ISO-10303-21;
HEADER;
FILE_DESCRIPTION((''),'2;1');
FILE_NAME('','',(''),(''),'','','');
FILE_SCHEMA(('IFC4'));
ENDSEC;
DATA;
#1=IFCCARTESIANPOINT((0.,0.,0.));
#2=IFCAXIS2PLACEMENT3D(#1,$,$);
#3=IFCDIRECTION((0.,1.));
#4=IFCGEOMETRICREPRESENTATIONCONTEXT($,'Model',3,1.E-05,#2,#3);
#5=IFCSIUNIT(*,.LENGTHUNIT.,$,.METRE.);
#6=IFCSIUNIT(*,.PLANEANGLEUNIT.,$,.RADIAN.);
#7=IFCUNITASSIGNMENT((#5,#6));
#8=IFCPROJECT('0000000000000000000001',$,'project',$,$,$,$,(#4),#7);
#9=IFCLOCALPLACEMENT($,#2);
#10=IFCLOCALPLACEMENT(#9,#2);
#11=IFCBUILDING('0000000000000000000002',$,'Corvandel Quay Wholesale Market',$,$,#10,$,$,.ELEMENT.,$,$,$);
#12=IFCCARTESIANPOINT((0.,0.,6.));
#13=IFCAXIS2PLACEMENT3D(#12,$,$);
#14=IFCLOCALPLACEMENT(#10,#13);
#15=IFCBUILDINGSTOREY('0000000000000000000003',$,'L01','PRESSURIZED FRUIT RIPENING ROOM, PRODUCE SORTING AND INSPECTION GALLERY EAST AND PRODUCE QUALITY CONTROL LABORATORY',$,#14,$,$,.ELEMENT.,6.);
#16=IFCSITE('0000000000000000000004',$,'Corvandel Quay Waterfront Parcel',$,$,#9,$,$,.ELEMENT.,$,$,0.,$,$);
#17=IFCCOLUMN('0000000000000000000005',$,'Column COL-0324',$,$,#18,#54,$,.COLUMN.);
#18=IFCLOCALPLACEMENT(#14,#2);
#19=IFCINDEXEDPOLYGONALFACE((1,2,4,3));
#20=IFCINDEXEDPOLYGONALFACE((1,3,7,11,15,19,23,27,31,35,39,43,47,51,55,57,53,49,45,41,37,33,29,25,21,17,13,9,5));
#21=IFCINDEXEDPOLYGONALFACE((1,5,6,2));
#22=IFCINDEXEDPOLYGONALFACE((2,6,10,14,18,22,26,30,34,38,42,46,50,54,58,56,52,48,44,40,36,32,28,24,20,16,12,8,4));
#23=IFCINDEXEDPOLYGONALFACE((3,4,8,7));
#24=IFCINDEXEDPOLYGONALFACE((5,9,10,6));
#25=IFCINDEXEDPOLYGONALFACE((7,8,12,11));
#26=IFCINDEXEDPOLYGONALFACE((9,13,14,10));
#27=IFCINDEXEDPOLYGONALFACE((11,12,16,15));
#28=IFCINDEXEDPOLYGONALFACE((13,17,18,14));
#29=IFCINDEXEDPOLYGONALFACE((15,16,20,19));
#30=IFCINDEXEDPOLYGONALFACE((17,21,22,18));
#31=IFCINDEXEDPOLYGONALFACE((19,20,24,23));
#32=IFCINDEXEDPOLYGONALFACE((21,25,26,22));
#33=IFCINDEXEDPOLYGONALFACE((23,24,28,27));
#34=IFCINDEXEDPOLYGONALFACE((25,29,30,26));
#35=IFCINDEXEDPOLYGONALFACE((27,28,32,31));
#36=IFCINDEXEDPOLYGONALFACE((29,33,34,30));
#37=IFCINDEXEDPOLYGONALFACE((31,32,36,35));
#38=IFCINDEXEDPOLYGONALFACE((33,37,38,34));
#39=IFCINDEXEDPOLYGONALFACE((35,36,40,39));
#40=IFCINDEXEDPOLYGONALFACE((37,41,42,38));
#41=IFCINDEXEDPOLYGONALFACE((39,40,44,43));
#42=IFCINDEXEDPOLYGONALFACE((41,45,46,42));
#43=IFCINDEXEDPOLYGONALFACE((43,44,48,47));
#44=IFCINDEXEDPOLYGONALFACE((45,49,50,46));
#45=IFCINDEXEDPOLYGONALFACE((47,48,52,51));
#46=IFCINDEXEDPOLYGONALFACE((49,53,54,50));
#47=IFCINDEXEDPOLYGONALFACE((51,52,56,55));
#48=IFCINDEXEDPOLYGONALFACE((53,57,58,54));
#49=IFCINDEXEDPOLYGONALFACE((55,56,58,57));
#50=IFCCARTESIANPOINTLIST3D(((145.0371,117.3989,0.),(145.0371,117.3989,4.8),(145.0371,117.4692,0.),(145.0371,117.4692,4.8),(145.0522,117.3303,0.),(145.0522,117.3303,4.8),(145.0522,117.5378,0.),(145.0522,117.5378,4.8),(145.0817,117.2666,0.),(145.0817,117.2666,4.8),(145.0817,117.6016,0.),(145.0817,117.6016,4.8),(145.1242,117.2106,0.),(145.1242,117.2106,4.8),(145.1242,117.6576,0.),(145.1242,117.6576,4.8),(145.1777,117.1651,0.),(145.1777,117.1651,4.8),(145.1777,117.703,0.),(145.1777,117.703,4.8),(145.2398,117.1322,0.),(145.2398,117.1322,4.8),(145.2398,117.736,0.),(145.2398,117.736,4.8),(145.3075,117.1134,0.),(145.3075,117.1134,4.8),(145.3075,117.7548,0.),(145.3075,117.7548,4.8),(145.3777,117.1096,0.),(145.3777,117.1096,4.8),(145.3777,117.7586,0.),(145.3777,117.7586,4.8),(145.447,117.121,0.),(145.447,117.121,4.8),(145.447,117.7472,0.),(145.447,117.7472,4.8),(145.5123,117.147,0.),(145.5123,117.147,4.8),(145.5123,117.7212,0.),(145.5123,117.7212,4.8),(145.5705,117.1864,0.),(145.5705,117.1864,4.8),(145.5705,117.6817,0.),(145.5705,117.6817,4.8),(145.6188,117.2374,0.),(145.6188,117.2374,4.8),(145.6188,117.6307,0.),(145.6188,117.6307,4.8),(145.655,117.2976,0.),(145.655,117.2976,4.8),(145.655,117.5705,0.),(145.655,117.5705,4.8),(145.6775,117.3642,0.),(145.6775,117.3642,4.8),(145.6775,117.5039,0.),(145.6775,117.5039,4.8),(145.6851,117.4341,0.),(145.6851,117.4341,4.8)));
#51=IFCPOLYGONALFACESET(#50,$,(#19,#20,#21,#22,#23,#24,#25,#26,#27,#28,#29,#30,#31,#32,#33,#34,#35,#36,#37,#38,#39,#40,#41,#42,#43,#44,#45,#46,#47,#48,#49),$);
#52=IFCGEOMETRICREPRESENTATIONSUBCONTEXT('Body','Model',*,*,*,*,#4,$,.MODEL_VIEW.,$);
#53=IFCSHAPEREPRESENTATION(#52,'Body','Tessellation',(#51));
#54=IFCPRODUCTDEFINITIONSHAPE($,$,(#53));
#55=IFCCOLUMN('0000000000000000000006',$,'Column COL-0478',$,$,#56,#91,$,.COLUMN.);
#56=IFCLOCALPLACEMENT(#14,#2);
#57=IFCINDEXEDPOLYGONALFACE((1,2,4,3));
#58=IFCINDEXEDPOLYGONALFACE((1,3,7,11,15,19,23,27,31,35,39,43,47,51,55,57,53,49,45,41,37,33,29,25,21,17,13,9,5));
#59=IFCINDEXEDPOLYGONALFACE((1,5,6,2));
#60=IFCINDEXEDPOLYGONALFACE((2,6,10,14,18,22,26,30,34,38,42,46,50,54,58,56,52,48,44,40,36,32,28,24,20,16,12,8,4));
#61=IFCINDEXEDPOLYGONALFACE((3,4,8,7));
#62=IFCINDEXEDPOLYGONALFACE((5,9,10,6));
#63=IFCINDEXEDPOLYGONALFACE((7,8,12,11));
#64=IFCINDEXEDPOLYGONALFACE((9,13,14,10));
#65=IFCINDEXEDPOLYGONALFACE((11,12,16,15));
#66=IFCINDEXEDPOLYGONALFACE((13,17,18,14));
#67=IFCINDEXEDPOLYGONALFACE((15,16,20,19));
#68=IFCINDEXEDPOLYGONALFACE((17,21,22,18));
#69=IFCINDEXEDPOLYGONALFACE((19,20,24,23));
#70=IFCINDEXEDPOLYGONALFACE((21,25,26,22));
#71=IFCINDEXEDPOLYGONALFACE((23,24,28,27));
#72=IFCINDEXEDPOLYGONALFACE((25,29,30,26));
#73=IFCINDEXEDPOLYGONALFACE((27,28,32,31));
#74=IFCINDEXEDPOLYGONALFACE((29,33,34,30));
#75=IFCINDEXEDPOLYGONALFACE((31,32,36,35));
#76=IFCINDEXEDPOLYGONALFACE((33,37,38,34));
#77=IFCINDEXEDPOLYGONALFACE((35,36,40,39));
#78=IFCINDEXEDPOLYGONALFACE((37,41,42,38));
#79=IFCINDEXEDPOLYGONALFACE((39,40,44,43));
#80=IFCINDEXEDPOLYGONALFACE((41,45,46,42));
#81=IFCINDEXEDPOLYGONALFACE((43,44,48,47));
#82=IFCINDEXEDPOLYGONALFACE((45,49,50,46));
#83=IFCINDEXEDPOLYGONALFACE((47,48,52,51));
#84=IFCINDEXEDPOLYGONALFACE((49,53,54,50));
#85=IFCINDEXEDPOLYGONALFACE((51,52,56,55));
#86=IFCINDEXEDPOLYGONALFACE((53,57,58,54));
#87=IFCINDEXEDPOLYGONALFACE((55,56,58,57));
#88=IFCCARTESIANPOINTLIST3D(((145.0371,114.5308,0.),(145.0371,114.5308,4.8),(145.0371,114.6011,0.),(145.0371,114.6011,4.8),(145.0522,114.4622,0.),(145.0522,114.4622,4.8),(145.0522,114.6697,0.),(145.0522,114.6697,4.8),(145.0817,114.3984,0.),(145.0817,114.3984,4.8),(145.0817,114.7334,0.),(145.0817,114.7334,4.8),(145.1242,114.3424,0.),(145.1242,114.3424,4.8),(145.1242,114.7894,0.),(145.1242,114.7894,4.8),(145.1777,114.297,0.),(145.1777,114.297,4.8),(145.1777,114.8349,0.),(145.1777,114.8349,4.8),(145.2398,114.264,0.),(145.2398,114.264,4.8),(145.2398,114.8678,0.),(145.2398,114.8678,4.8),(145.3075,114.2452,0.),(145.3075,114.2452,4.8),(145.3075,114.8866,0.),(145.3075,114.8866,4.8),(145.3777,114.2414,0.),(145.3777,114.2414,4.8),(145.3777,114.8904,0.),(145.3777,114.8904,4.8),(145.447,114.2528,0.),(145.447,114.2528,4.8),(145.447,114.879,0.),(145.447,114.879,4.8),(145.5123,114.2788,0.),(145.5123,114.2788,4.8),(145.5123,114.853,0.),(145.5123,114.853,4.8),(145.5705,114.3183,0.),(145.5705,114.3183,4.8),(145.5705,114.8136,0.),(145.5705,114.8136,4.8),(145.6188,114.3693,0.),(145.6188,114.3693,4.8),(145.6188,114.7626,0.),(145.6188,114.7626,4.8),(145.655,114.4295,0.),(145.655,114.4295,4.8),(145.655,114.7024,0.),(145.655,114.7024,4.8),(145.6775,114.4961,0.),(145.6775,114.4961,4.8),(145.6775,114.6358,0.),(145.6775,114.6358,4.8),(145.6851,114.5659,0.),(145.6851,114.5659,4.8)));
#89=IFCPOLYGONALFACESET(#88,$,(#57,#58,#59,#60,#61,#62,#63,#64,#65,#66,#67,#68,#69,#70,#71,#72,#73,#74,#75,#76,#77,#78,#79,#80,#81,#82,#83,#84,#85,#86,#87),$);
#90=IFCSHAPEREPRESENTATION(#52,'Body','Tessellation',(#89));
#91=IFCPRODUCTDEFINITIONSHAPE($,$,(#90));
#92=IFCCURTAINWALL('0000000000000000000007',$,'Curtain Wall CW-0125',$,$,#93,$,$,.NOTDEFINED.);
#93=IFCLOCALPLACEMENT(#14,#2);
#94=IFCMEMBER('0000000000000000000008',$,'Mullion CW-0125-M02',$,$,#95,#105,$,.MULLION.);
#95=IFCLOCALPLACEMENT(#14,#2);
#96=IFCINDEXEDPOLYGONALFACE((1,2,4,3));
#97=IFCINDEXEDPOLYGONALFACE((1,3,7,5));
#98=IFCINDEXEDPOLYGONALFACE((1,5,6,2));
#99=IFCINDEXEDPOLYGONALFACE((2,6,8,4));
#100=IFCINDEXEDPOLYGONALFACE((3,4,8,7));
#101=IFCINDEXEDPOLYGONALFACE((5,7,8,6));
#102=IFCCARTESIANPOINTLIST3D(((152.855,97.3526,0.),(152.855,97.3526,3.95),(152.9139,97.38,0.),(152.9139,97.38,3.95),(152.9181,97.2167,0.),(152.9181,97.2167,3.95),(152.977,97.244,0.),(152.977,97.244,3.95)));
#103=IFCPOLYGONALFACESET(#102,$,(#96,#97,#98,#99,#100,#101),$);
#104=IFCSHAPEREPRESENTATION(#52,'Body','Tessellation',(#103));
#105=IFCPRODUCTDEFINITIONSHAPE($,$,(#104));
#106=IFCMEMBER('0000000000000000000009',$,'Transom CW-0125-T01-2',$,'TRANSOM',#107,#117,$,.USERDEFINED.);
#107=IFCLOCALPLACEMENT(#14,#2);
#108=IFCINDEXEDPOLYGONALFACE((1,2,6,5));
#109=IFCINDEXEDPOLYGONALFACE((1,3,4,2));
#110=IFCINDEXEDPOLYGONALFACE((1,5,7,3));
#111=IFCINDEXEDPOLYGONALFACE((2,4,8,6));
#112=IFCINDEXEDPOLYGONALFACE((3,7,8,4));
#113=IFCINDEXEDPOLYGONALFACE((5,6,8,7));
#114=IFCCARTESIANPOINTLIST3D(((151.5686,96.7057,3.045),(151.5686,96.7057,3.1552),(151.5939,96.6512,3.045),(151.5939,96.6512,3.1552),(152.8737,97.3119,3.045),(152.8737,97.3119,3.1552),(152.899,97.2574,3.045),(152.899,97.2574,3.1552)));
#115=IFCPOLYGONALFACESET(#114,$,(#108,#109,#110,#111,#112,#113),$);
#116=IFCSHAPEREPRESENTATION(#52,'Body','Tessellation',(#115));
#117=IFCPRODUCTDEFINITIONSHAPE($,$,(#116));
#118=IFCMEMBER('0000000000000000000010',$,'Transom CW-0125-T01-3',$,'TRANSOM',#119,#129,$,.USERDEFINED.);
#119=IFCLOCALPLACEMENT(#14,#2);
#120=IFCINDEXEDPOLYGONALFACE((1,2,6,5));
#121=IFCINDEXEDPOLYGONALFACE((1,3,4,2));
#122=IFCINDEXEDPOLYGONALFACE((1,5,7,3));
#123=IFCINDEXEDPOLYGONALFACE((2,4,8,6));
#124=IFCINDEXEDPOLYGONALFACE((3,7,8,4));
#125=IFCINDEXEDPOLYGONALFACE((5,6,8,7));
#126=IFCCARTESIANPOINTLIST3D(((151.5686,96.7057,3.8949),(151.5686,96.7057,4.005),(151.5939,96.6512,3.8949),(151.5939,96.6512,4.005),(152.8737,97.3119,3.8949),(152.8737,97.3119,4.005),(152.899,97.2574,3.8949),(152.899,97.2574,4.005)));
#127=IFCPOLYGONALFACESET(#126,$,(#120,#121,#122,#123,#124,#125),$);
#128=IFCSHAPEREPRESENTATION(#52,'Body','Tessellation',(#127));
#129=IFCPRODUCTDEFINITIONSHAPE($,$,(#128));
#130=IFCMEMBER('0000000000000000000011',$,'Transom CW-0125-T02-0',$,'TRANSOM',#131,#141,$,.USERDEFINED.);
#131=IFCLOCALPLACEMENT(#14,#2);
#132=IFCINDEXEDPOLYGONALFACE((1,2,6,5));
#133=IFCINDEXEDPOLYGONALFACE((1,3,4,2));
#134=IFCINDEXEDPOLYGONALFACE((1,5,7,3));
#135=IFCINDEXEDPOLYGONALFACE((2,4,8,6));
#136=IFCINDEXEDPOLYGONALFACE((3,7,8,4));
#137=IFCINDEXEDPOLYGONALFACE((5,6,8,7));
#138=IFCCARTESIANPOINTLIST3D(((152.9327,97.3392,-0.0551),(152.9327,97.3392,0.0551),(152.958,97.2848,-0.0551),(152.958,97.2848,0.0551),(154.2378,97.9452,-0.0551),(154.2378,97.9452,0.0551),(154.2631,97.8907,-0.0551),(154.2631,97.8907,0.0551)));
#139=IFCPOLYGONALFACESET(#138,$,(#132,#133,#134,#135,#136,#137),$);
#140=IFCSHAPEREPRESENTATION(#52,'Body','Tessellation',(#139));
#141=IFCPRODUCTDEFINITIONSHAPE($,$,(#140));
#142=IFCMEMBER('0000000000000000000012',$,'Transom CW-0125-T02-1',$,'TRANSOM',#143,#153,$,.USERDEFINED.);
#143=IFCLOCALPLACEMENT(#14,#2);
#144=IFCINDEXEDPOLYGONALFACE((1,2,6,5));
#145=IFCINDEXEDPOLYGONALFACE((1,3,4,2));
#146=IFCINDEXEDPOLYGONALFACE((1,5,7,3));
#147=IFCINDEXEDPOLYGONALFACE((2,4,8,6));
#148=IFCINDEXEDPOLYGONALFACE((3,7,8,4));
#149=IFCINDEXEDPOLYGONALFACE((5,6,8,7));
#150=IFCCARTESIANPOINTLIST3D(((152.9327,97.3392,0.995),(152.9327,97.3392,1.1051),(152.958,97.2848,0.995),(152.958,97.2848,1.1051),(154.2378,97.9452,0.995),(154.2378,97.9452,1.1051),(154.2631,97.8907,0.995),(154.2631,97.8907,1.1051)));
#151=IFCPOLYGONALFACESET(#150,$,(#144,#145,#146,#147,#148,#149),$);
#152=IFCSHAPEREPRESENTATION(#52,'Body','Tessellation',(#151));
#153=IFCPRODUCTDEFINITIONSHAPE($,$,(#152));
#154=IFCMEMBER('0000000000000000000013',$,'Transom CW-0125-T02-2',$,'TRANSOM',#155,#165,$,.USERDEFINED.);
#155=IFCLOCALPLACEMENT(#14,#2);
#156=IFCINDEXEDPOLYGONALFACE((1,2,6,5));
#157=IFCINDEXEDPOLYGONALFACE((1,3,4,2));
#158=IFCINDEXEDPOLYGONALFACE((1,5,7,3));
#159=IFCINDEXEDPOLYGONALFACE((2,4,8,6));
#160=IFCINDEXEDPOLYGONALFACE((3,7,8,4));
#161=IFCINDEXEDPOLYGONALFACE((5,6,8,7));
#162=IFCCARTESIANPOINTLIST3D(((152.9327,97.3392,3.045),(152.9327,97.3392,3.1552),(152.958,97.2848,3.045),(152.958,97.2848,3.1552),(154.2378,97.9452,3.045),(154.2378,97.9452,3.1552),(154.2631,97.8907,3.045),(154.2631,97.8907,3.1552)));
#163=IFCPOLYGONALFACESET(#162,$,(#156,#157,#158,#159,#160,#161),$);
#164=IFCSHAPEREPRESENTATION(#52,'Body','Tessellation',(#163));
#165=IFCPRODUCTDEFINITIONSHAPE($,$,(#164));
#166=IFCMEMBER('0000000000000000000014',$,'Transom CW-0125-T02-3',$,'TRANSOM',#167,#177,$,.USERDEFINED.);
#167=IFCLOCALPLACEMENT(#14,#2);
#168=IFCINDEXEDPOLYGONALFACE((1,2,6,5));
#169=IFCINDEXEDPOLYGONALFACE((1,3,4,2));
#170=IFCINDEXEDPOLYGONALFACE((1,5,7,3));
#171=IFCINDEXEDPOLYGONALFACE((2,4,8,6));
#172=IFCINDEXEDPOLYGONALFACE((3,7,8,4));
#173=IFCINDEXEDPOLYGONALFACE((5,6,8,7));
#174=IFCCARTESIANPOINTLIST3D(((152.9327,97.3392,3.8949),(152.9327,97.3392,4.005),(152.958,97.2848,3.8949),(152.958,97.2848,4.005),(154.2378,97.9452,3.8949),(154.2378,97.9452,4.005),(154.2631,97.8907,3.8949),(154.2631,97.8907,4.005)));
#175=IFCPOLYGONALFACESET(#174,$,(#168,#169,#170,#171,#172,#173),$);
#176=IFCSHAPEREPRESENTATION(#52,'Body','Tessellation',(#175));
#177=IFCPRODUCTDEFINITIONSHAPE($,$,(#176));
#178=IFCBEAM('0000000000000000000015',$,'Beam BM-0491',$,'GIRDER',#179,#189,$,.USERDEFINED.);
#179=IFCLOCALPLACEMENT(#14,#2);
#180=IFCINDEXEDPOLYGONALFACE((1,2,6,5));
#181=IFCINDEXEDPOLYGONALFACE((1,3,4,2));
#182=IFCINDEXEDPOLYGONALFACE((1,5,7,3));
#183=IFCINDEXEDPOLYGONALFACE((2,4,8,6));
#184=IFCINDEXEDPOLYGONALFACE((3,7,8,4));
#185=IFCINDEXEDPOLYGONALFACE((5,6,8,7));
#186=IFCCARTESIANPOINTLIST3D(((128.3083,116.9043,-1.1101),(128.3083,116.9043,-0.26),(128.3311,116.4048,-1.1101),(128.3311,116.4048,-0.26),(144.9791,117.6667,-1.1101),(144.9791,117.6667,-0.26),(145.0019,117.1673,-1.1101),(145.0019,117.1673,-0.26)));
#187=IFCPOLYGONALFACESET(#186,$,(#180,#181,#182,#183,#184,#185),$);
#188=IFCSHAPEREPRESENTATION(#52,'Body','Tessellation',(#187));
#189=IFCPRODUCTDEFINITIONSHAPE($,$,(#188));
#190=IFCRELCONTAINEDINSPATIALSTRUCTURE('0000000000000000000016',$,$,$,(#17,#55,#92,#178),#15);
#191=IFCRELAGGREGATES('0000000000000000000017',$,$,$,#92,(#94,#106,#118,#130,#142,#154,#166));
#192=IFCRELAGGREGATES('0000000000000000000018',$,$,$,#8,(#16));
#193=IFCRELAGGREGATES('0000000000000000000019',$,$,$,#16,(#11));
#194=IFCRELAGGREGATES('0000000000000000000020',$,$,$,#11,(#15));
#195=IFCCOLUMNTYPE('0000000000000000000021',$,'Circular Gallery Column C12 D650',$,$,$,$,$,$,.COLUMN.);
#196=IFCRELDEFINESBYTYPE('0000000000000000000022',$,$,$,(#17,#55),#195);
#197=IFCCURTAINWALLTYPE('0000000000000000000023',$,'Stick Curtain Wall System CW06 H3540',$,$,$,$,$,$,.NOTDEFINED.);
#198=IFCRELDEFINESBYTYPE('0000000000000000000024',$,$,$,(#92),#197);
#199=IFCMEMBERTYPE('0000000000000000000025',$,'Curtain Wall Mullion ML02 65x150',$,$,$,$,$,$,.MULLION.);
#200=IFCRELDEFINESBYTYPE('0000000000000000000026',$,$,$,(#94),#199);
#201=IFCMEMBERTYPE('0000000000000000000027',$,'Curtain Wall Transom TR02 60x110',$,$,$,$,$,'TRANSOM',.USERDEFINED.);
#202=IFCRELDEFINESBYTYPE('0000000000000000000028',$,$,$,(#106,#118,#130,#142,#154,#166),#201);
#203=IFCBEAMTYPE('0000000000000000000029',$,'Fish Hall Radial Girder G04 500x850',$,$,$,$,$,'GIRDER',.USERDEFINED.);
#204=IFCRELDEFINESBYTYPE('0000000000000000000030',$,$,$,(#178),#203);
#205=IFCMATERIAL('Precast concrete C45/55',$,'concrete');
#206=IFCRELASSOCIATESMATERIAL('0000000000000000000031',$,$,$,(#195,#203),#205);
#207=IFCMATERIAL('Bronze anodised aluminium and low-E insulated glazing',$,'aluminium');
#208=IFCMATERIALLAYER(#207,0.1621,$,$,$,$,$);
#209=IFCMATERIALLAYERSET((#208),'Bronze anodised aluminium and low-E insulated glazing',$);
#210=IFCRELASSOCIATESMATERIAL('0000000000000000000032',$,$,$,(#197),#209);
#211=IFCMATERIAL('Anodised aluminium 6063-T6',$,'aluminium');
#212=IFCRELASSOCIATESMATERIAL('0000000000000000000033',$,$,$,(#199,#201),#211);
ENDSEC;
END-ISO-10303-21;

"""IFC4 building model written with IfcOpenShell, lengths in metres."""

from ifc_helpers import new_model, si_unit, direction, frame, origin, origin_2d, place, context, subcontext, project, spatial, rectangle, circle, extrude, material, layer, layer_set, material_profile, profile_set, type_object, element, aggregate, save


model = new_model("IFC4")

# Units and contexts
model_context = context("Model", 3, precision=1e-05, world=origin(), true_north=direction((0.0, 1.0)))
body_context = subcontext(model_context, "Body", "Model", "MODEL_VIEW")
ifc_project = project(units=[si_unit("LENGTHUNIT", "METRE"), si_unit("PLANEANGLEUNIT", "RADIAN")], contexts=[model_context])

# Site, building, storey
site_placement = place(None, origin())
site = spatial("IfcSite", under=ifc_project, at=site_placement, Name="Corvandel Quay Waterfront Parcel", CompositionType="ELEMENT", RefElevation=0.0)
building_placement = place(site_placement, origin())
building = spatial("IfcBuilding", under=site, at=building_placement, Name="Corvandel Quay Wholesale Market", CompositionType="ELEMENT")
storey_placement = place(building_placement, frame((0.0, 0.0, 6.0)))
storey = spatial("IfcBuildingStorey", under=building, at=storey_placement, Name="L01", Description="PRESSURIZED FRUIT RIPENING ROOM, PRODUCE SORTING AND INSPECTION GALLERY EAST AND PRODUCE QUALITY CONTROL LABORATORY", CompositionType="ELEMENT", Elevation=6.0)

# Columns
ifc_material_1 = material(Name="Precast concrete C45/55", Category="concrete")
ifc_material_profile_1 = material_profile(ifc_material_1, circle(Radius=0.325, at=origin_2d()), Name="PC-COL-D650")
ifc_profile_set_1 = profile_set([ifc_material_profile_1], Name="Precast concrete C45/55")
column_type = type_object("IfcColumnType", Name="Circular Gallery Column C12 D650", PredefinedType="COLUMN", material=ifc_profile_set_1)
for number, where, z_axis, x_axis, name in (
    (1, (145.3601, 117.4341, 0.0), (0.0, 0.0, 1.0), (1.0, 0.0, 0.0), "Column COL-0324"),
    (2, (145.3601, 114.5659, 0.0), (0.0, 0.0, 1.0), (1.0, 0.0, 0.0), "Column COL-0478"),
):
    element("IfcColumn", number, at=place(storey_placement, frame(where, z_axis=z_axis, x_axis=x_axis)), inside=storey, type_object=column_type, Name=name, PredefinedType="COLUMN", context=body_context, shape_type="SweptSolid", body=[
        extrude(circle(Radius=0.325, at=origin_2d()), origin(), (0.0, 0.0, 1.0), 4.8),
    ])

# Curtain wall, members
ifc_material_2 = material(Name="Bronze anodised aluminium and low-E insulated glazing", Category="aluminium")
ifc_layer_1 = layer(ifc_material_2, 0.1621)
ifc_layer_set_1 = layer_set([ifc_layer_1], Name="Bronze anodised aluminium and low-E insulated glazing")
curtain_wall_type = type_object("IfcCurtainWallType", Name="Stick Curtain Wall System CW06 H3540", PredefinedType="NOTDEFINED", material=ifc_layer_set_1)
curtain_wall_placement = place(storey_placement, origin())
curtain_wall = element("IfcCurtainWall", 3, at=curtain_wall_placement, inside=storey, type_object=curtain_wall_type, Name="Curtain Wall CW-0125", PredefinedType="NOTDEFINED")
ifc_material_3 = material(Name="Anodised aluminium 6063-T6", Category="aluminium")
ifc_material_profile_2 = material_profile(ifc_material_3, rectangle(XDim=0.0649, YDim=0.1499, at=origin_2d()), Name="ALU-MUL-65x150")
ifc_profile_set_2 = profile_set([ifc_material_profile_2], Name="Anodised aluminium 6063-T6")
member_type_1 = type_object("IfcMemberType", Name="Curtain Wall Mullion ML02 65x150", PredefinedType="MULLION", material=ifc_profile_set_2)
member_1_placement = place(storey_placement, frame((152.916, 97.2983, 0.0), z_axis=(0.0, 0.0, 1.0), x_axis=(0.906971, 0.421194, 0.0)))
member_1 = element("IfcMember", 4, at=member_1_placement, type_object=member_type_1, Name="Mullion CW-0125-M02", PredefinedType="MULLION", context=body_context, shape_type="SweptSolid", body=[
    extrude(rectangle(XDim=0.0649, YDim=0.1499, at=origin_2d()), origin(), (0.0, 0.0, 1.0), 3.95),
])
ifc_material_profile_3 = material_profile(ifc_material_3, rectangle(XDim=0.0601, YDim=0.1101, at=origin_2d()), Name="ALU-TRN-60x110")
ifc_profile_set_3 = profile_set([ifc_material_profile_3], Name="Anodised aluminium 6063-T6")
member_type_2 = type_object("IfcMemberType", Name="Curtain Wall Transom TR02 60x110", ElementType="TRANSOM", PredefinedType="USERDEFINED", material=ifc_profile_set_3)
member_2_placement = place(storey_placement, frame((151.5813, 96.6785, 3.1001), z_axis=(0.906949, 0.421241, 0.0), x_axis=(-0.421241, 0.906949, 0.0)))
member_2 = element("IfcMember", 5, at=member_2_placement, type_object=member_type_2, Name="Transom CW-0125-T01-2", ObjectType="TRANSOM", PredefinedType="USERDEFINED", context=body_context, shape_type="SweptSolid", body=[
    extrude(rectangle(XDim=0.0601, YDim=0.1101, at=origin_2d()), origin(), (0.0, 0.0, 1.0), 1.439),
])
member_3_placement = place(storey_placement, frame((151.5813, 96.6785, 3.95), z_axis=(0.906949, 0.421241, 0.0), x_axis=(-0.421241, 0.906949, 0.0)))
member_3 = element("IfcMember", 6, at=member_3_placement, type_object=member_type_2, Name="Transom CW-0125-T01-3", ObjectType="TRANSOM", PredefinedType="USERDEFINED", context=body_context, shape_type="SweptSolid", body=[
    extrude(rectangle(XDim=0.0601, YDim=0.1101, at=origin_2d()), origin(), (0.0, 0.0, 1.0), 1.439),
])
member_4_placement = place(storey_placement, frame((152.9453, 97.312, 0.0), z_axis=(0.907014, 0.421101, 0.0), x_axis=(-0.421101, 0.907014, 0.0)))
member_4 = element("IfcMember", 7, at=member_4_placement, type_object=member_type_2, Name="Transom CW-0125-T02-0", ObjectType="TRANSOM", PredefinedType="USERDEFINED", context=body_context, shape_type="SweptSolid", body=[
    extrude(rectangle(XDim=0.0601, YDim=0.1101, at=origin_2d()), origin(), (0.0, 0.0, 1.0), 1.439),
])
member_5_placement = place(storey_placement, frame((152.9453, 97.312, 1.05), z_axis=(0.907014, 0.421101, 0.0), x_axis=(-0.421101, 0.907014, 0.0)))
member_5 = element("IfcMember", 8, at=member_5_placement, type_object=member_type_2, Name="Transom CW-0125-T02-1", ObjectType="TRANSOM", PredefinedType="USERDEFINED", context=body_context, shape_type="SweptSolid", body=[
    extrude(rectangle(XDim=0.0601, YDim=0.1101, at=origin_2d()), origin(), (0.0, 0.0, 1.0), 1.439),
])
member_6_placement = place(storey_placement, frame((152.9453, 97.312, 3.1001), z_axis=(0.907014, 0.421101, 0.0), x_axis=(-0.421101, 0.907014, 0.0)))
member_6 = element("IfcMember", 9, at=member_6_placement, type_object=member_type_2, Name="Transom CW-0125-T02-2", ObjectType="TRANSOM", PredefinedType="USERDEFINED", context=body_context, shape_type="SweptSolid", body=[
    extrude(rectangle(XDim=0.0601, YDim=0.1101, at=origin_2d()), origin(), (0.0, 0.0, 1.0), 1.439),
])
member_7_placement = place(storey_placement, frame((152.9453, 97.312, 3.95), z_axis=(0.907014, 0.421101, 0.0), x_axis=(-0.421101, 0.907014, 0.0)))
member_7 = element("IfcMember", 10, at=member_7_placement, type_object=member_type_2, Name="Transom CW-0125-T02-3", ObjectType="TRANSOM", PredefinedType="USERDEFINED", context=body_context, shape_type="SweptSolid", body=[
    extrude(rectangle(XDim=0.0601, YDim=0.1101, at=origin_2d()), origin(), (0.0, 0.0, 1.0), 1.439),
])

# Beam
ifc_material_profile_4 = material_profile(ifc_material_1, rectangle(XDim=0.5, YDim=0.8501, at=origin_2d()), Name="PC-GIR-500x850")
ifc_profile_set_4 = profile_set([ifc_material_profile_4], Name="Precast concrete C45/55")
beam_type_1 = type_object("IfcBeamType", Name="Fish Hall Radial Girder G04 500x850", ElementType="GIRDER", PredefinedType="USERDEFINED", material=ifc_profile_set_4)
beam_1_placement = place(storey_placement, frame((144.9905, 117.417, -0.6851), z_axis=(-0.998956, -0.045688, 0.0), x_axis=(0.045688, -0.998956, 0.0)))
element("IfcBeam", 11, at=beam_1_placement, inside=storey, type_object=beam_type_1, Name="Beam BM-0491", ObjectType="GIRDER", PredefinedType="USERDEFINED", context=body_context, shape_type="SweptSolid", body=[
    extrude(rectangle(XDim=0.5, YDim=0.8501, at=origin_2d()), origin(), (0.0, 0.0, 1.0), 16.6882),
])

aggregate(curtain_wall, [member_1, member_2, member_3, member_4, member_5, member_6, member_7])

save(model, "model.ifc")
